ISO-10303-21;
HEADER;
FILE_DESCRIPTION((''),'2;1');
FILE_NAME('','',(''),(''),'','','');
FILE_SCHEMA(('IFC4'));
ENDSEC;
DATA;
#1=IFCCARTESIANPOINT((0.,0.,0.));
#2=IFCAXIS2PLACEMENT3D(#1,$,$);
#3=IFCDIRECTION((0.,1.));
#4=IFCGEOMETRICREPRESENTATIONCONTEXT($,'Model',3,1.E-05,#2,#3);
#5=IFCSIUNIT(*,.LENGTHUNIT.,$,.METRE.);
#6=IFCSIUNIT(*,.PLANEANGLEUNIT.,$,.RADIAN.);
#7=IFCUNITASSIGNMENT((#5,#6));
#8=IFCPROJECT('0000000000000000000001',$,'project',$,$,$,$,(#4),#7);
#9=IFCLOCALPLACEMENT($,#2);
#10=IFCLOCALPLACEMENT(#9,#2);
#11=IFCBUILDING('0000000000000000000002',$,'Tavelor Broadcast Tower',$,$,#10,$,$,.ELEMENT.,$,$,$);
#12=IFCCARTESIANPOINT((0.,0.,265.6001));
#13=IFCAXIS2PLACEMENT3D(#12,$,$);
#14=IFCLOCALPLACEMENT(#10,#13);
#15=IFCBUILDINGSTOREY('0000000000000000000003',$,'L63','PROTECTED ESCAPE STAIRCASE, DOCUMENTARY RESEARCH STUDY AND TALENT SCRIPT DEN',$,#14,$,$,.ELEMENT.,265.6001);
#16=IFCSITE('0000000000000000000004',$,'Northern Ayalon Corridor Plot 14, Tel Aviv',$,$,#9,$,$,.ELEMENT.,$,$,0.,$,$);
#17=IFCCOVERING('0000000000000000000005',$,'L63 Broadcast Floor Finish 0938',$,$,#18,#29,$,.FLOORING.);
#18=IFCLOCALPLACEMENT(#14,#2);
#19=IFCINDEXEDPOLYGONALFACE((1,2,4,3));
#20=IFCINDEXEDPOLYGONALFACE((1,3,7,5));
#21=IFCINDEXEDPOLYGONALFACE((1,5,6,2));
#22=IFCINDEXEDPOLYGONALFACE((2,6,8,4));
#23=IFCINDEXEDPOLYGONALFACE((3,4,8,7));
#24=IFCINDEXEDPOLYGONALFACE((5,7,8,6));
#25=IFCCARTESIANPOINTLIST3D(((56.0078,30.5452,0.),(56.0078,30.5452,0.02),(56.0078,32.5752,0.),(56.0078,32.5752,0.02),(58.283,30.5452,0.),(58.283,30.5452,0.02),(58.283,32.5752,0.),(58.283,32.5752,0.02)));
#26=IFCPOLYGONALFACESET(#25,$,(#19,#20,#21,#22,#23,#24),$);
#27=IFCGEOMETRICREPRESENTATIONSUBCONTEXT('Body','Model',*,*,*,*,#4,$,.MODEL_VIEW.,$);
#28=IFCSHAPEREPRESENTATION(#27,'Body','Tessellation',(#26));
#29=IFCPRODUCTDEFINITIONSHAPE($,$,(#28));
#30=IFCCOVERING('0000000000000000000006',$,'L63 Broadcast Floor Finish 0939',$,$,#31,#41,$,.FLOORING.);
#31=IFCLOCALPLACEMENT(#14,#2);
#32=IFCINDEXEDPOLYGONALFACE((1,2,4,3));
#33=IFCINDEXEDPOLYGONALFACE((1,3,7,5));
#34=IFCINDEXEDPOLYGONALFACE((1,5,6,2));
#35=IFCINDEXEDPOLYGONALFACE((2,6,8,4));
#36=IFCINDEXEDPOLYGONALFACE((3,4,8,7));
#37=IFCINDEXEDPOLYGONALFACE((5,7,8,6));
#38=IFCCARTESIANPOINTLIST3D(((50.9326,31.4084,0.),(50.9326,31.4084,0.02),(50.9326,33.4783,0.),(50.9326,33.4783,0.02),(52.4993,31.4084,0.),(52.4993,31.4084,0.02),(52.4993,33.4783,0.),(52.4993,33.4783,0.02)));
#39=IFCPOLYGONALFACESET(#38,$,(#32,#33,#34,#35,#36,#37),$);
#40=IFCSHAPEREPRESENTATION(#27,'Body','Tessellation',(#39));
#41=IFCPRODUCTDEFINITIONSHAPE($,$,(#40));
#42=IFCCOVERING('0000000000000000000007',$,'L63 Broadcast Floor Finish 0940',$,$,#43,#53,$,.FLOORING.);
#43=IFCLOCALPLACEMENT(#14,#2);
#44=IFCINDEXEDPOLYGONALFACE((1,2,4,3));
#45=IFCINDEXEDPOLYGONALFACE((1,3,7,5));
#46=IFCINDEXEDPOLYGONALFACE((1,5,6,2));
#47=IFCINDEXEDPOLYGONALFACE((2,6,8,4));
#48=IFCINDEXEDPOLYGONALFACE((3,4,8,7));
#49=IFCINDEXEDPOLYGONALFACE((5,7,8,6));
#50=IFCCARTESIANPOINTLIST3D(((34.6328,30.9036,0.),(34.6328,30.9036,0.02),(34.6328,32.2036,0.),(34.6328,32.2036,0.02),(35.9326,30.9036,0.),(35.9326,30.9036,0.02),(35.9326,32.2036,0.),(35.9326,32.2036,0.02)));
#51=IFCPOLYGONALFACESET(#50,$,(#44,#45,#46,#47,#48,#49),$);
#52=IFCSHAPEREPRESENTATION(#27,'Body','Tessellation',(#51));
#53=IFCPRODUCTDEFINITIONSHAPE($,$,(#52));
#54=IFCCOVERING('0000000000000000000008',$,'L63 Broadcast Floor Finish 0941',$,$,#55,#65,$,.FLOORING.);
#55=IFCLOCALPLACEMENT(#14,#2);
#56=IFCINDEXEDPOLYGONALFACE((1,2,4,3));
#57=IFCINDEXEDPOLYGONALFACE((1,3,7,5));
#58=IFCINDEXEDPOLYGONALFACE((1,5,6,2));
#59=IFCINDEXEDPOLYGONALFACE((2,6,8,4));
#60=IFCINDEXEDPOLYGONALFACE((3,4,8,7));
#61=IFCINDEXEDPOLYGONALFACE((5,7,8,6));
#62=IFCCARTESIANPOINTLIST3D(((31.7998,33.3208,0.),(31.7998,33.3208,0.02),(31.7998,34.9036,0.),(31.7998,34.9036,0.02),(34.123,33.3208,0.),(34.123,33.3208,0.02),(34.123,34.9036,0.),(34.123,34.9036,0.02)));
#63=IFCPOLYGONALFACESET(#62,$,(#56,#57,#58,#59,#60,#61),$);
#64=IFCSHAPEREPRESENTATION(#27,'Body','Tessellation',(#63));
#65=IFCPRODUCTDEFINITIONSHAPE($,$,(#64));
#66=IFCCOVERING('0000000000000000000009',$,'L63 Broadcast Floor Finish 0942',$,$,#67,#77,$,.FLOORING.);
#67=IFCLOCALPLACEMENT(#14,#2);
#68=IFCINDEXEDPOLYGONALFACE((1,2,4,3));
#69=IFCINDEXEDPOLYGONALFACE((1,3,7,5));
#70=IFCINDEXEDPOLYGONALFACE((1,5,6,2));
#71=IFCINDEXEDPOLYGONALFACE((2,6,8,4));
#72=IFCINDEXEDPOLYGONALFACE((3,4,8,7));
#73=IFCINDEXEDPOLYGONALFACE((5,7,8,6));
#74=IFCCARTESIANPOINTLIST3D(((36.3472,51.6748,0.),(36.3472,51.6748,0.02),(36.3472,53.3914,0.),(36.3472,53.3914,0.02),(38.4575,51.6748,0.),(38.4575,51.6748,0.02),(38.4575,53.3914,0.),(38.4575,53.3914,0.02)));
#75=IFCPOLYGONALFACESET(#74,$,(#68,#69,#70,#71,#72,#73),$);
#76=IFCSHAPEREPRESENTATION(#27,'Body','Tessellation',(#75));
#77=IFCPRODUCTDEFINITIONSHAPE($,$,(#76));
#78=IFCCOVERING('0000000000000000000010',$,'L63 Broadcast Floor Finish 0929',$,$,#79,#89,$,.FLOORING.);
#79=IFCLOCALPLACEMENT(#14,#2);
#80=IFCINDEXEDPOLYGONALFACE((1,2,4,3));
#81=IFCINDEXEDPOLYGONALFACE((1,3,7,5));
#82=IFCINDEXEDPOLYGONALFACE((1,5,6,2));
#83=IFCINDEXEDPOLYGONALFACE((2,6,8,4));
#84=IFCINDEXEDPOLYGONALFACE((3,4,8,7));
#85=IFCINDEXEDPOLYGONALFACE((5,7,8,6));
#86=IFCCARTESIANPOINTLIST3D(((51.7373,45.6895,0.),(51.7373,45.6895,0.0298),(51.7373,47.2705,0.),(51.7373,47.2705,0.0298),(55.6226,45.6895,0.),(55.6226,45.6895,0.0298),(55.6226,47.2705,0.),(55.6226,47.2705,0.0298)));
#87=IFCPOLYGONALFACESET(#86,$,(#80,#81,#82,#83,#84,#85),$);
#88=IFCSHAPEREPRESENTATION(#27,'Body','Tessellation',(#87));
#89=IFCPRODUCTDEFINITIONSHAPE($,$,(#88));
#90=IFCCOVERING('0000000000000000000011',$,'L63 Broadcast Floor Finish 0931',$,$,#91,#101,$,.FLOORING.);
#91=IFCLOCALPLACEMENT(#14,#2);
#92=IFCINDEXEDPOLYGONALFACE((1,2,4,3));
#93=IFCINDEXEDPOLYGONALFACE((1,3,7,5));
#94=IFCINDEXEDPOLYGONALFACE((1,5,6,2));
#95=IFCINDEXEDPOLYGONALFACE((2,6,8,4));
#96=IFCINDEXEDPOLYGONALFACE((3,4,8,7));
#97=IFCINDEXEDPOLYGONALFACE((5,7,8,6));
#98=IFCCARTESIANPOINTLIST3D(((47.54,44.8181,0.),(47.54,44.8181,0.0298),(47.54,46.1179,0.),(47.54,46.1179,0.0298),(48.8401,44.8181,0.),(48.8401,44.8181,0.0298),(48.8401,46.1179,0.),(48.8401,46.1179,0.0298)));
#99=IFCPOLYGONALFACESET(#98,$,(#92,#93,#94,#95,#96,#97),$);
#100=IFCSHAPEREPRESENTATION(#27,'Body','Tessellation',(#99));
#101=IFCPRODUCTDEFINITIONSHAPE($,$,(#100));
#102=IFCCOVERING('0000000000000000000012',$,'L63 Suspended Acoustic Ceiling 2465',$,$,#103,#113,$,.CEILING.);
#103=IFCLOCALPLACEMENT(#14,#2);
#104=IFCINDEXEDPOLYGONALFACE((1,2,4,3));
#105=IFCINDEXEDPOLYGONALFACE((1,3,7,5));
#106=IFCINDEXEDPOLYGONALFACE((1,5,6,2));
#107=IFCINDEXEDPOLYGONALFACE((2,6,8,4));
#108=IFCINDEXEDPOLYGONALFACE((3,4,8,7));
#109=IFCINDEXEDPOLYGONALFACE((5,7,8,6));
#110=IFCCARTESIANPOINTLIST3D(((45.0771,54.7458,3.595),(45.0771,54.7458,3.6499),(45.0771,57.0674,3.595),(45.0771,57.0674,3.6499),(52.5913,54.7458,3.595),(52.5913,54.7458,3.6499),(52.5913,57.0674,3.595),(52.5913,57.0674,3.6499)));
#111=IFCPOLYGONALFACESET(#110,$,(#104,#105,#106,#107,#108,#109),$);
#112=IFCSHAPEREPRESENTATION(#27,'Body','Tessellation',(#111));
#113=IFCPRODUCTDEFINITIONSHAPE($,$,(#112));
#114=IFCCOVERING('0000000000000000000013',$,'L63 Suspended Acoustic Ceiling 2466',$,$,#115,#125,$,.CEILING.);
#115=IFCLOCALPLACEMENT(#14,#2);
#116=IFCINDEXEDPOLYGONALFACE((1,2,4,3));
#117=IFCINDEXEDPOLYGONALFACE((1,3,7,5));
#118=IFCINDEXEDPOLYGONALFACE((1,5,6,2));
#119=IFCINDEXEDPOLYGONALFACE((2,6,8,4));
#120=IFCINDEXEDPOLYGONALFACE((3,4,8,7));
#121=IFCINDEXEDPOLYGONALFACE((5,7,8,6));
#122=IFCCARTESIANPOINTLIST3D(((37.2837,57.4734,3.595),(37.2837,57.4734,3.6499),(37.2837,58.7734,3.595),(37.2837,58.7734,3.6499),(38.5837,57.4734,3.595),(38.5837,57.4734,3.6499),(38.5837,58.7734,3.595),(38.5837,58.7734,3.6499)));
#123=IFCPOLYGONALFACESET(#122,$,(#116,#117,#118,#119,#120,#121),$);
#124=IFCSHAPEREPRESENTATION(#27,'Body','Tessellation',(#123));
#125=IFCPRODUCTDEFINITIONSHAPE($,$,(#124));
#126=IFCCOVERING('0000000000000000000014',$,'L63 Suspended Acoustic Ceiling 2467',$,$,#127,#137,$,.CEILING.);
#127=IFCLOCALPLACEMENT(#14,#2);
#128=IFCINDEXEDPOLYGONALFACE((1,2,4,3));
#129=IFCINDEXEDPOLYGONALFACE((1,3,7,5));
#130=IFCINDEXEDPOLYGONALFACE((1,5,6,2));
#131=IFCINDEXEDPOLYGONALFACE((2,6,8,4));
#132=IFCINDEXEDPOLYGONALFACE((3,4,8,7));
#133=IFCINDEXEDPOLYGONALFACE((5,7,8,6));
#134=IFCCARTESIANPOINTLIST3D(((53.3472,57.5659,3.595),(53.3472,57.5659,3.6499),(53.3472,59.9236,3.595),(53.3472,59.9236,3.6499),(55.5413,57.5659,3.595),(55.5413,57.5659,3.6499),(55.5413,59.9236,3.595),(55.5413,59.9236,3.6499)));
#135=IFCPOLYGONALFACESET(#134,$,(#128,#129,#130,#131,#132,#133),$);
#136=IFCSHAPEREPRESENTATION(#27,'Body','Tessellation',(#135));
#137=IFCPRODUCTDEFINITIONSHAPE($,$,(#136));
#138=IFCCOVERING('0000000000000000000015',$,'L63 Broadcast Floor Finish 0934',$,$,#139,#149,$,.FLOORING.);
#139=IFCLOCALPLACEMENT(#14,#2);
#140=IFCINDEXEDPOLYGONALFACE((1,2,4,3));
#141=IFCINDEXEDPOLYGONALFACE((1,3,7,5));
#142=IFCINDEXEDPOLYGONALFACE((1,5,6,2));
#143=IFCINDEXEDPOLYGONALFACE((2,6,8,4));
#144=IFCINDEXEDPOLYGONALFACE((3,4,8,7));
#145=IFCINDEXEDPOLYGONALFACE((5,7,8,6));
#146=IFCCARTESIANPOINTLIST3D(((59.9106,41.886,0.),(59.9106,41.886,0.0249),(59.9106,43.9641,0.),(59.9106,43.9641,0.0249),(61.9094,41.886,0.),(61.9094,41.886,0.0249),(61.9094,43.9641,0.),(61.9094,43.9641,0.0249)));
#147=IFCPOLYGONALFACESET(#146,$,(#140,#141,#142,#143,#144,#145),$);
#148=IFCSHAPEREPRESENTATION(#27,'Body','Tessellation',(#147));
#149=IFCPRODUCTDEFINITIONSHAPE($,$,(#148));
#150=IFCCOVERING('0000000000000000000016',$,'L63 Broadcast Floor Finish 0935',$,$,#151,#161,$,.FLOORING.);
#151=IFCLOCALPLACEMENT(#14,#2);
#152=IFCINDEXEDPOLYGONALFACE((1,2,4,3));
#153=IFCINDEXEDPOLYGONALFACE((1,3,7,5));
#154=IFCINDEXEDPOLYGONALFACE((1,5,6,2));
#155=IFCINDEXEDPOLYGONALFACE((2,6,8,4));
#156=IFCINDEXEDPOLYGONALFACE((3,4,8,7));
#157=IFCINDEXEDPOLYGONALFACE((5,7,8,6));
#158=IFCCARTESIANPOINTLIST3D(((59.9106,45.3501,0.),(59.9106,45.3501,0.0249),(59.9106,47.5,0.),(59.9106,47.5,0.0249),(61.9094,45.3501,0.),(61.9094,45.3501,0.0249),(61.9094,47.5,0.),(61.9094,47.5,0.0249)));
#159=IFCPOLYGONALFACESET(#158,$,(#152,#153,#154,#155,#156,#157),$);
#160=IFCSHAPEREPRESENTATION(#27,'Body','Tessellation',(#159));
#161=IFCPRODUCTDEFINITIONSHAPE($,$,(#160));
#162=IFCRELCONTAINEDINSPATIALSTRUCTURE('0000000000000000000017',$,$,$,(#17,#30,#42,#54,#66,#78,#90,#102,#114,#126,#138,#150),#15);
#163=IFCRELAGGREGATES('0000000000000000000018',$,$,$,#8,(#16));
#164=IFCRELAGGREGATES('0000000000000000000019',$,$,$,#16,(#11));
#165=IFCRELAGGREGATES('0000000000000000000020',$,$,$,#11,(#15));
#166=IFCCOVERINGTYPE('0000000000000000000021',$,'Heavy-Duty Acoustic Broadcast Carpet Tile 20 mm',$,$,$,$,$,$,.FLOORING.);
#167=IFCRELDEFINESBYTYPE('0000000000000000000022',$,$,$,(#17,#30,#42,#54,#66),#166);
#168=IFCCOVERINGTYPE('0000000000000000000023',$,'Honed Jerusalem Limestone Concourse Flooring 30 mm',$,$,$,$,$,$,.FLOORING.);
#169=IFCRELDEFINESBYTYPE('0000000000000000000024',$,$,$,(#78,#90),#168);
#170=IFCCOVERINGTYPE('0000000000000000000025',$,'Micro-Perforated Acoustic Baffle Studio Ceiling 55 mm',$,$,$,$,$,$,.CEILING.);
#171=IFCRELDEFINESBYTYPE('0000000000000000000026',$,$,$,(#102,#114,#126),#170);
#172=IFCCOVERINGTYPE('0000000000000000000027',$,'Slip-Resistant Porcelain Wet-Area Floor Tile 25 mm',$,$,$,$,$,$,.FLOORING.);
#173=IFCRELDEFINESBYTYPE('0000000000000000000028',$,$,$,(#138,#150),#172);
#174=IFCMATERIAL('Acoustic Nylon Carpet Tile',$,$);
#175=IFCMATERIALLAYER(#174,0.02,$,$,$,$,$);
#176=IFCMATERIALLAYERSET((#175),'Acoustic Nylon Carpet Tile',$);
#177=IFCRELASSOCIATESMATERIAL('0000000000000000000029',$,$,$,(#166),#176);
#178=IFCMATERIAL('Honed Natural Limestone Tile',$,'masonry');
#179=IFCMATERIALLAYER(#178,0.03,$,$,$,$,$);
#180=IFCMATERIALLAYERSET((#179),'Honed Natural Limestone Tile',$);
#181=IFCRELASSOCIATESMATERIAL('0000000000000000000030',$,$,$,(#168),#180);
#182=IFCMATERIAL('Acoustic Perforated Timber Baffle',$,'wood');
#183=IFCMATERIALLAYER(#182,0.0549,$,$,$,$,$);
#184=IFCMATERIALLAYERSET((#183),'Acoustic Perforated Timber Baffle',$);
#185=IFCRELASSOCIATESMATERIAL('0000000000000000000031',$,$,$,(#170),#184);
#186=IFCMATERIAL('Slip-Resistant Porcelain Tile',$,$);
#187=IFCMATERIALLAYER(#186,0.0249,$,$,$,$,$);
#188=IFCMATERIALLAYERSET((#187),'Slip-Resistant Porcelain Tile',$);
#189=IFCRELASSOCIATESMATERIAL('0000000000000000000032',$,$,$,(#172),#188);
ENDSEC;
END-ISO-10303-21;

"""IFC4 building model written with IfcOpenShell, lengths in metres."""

from ifc_helpers import new_model, si_unit, direction, frame, origin, place, context, subcontext, project, spatial, polyline, outline, extrude, material, layer, layer_set, type_object, element, save


model = new_model("IFC4")

# Units and contexts
model_context = context("Model", 3, precision=1e-05, world=origin(), true_north=direction((0.0, 1.0)))
body_context = subcontext(model_context, "Body", "Model", "MODEL_VIEW")
ifc_project = project(units=[si_unit("LENGTHUNIT", "METRE"), si_unit("PLANEANGLEUNIT", "RADIAN")], contexts=[model_context])

# Site, building, storey
site_placement = place(None, origin())
site = spatial("IfcSite", under=ifc_project, at=site_placement, Name="Northern Ayalon Corridor Plot 14, Tel Aviv", CompositionType="ELEMENT", RefElevation=0.0)
building_placement = place(site_placement, origin())
building = spatial("IfcBuilding", under=site, at=building_placement, Name="Tavelor Broadcast Tower", CompositionType="ELEMENT")
storey_placement = place(building_placement, frame((0.0, 0.0, 265.6001)))
storey = spatial("IfcBuildingStorey", under=building, at=storey_placement, Name="L63", Description="PROTECTED ESCAPE STAIRCASE, DOCUMENTARY RESEARCH STUDY AND TALENT SCRIPT DEN", CompositionType="ELEMENT", Elevation=265.6001)

# Coverings
ifc_material_1 = material(Name="Acoustic Nylon Carpet Tile")
ifc_layer_1 = layer(ifc_material_1, 0.02)
ifc_layer_set_1 = layer_set([ifc_layer_1], Name="Acoustic Nylon Carpet Tile")
covering_type_1 = type_object("IfcCoveringType", Name="Heavy-Duty Acoustic Broadcast Carpet Tile 20 mm", PredefinedType="FLOORING", material=ifc_layer_set_1)
covering_1_placement = place(storey_placement, origin())
element("IfcCovering", 1, at=covering_1_placement, inside=storey, type_object=covering_type_1, Name="L63 Broadcast Floor Finish 0938", PredefinedType="FLOORING", context=body_context, shape_type="SweptSolid", body=[
    extrude(outline(polyline([(56.0078, 30.5452), (58.283, 30.5452), (58.283, 32.5752), (56.0078, 32.5752), (56.0078, 30.5452)])), origin(), (0.0, 0.0, 1.0), 0.02),
])
covering_2_placement = place(storey_placement, origin())
element("IfcCovering", 2, at=covering_2_placement, inside=storey, type_object=covering_type_1, Name="L63 Broadcast Floor Finish 0939", PredefinedType="FLOORING", context=body_context, shape_type="SweptSolid", body=[
    extrude(outline(polyline([(50.9326, 31.4084), (52.4993, 31.4084), (52.4993, 33.4783), (50.9326, 33.4783), (50.9326, 31.4084)])), origin(), (0.0, 0.0, 1.0), 0.02),
])
covering_3_placement = place(storey_placement, origin())
element("IfcCovering", 3, at=covering_3_placement, inside=storey, type_object=covering_type_1, Name="L63 Broadcast Floor Finish 0940", PredefinedType="FLOORING", context=body_context, shape_type="SweptSolid", body=[
    extrude(outline(polyline([(34.6328, 30.9036), (35.9326, 30.9036), (35.9326, 32.2036), (34.6328, 32.2036), (34.6328, 30.9036)])), origin(), (0.0, 0.0, 1.0), 0.02),
])
covering_4_placement = place(storey_placement, origin())
element("IfcCovering", 4, at=covering_4_placement, inside=storey, type_object=covering_type_1, Name="L63 Broadcast Floor Finish 0941", PredefinedType="FLOORING", context=body_context, shape_type="SweptSolid", body=[
    extrude(outline(polyline([(31.7998, 33.3208), (34.123, 33.3208), (34.123, 34.9036), (31.7998, 34.9036), (31.7998, 33.3208)])), origin(), (0.0, 0.0, 1.0), 0.02),
])
covering_5_placement = place(storey_placement, origin())
element("IfcCovering", 5, at=covering_5_placement, inside=storey, type_object=covering_type_1, Name="L63 Broadcast Floor Finish 0942", PredefinedType="FLOORING", context=body_context, shape_type="SweptSolid", body=[
    extrude(outline(polyline([(36.3472, 51.6748), (38.4575, 51.6748), (38.4575, 53.3914), (36.3472, 53.3914), (36.3472, 51.6748)])), origin(), (0.0, 0.0, 1.0), 0.02),
])
ifc_material_2 = material(Name="Honed Natural Limestone Tile", Category="masonry")
ifc_layer_2 = layer(ifc_material_2, 0.03)
ifc_layer_set_2 = layer_set([ifc_layer_2], Name="Honed Natural Limestone Tile")
covering_type_2 = type_object("IfcCoveringType", Name="Honed Jerusalem Limestone Concourse Flooring 30 mm", PredefinedType="FLOORING", material=ifc_layer_set_2)
covering_6_placement = place(storey_placement, origin())
element("IfcCovering", 6, at=covering_6_placement, inside=storey, type_object=covering_type_2, Name="L63 Broadcast Floor Finish 0929", PredefinedType="FLOORING", context=body_context, shape_type="SweptSolid", body=[
    extrude(outline(polyline([(51.7373, 45.6895), (55.6226, 45.6895), (55.6226, 47.2705), (51.7373, 47.2705), (51.7373, 45.6895)])), origin(), (0.0, 0.0, 1.0), 0.0298),
])
covering_7_placement = place(storey_placement, origin())
element("IfcCovering", 7, at=covering_7_placement, inside=storey, type_object=covering_type_2, Name="L63 Broadcast Floor Finish 0931", PredefinedType="FLOORING", context=body_context, shape_type="SweptSolid", body=[
    extrude(outline(polyline([(47.54, 44.8181), (48.8401, 44.8181), (48.8401, 46.1179), (47.54, 46.1179), (47.54, 44.8181)])), origin(), (0.0, 0.0, 1.0), 0.0298),
])
ifc_material_3 = material(Name="Acoustic Perforated Timber Baffle", Category="wood")
ifc_layer_3 = layer(ifc_material_3, 0.0549)
ifc_layer_set_3 = layer_set([ifc_layer_3], Name="Acoustic Perforated Timber Baffle")
covering_type_3 = type_object("IfcCoveringType", Name="Micro-Perforated Acoustic Baffle Studio Ceiling 55 mm", PredefinedType="CEILING", material=ifc_layer_set_3)
covering_8_placement = place(storey_placement, frame((0.0, 0.0, 3.595)))
element("IfcCovering", 8, at=covering_8_placement, inside=storey, type_object=covering_type_3, Name="L63 Suspended Acoustic Ceiling 2465", PredefinedType="CEILING", context=body_context, shape_type="SweptSolid", body=[
    extrude(outline(polyline([(45.0771, 54.7458), (52.5913, 54.7458), (52.5913, 57.0674), (45.0771, 57.0674), (45.0771, 54.7458)])), origin(), (0.0, 0.0, 1.0), 0.0549),
])
covering_9_placement = place(storey_placement, frame((0.0, 0.0, 3.595)))
element("IfcCovering", 9, at=covering_9_placement, inside=storey, type_object=covering_type_3, Name="L63 Suspended Acoustic Ceiling 2466", PredefinedType="CEILING", context=body_context, shape_type="SweptSolid", body=[
    extrude(outline(polyline([(37.2837, 57.4734), (38.5837, 57.4734), (38.5837, 58.7734), (37.2837, 58.7734), (37.2837, 57.4734)])), origin(), (0.0, 0.0, 1.0), 0.0549),
])
covering_10_placement = place(storey_placement, frame((0.0, 0.0, 3.595)))
element("IfcCovering", 10, at=covering_10_placement, inside=storey, type_object=covering_type_3, Name="L63 Suspended Acoustic Ceiling 2467", PredefinedType="CEILING", context=body_context, shape_type="SweptSolid", body=[
    extrude(outline(polyline([(53.3472, 57.5659), (55.5413, 57.5659), (55.5413, 59.9236), (53.3472, 59.9236), (53.3472, 57.5659)])), origin(), (0.0, 0.0, 1.0), 0.0549),
])
ifc_material_4 = material(Name="Slip-Resistant Porcelain Tile")
ifc_layer_4 = layer(ifc_material_4, 0.0249)
ifc_layer_set_4 = layer_set([ifc_layer_4], Name="Slip-Resistant Porcelain Tile")
covering_type_4 = type_object("IfcCoveringType", Name="Slip-Resistant Porcelain Wet-Area Floor Tile 25 mm", PredefinedType="FLOORING", material=ifc_layer_set_4)
covering_11_placement = place(storey_placement, origin())
element("IfcCovering", 11, at=covering_11_placement, inside=storey, type_object=covering_type_4, Name="L63 Broadcast Floor Finish 0934", PredefinedType="FLOORING", context=body_context, shape_type="SweptSolid", body=[
    extrude(outline(polyline([(59.9106, 41.886), (61.9094, 41.886), (61.9094, 43.9641), (59.9106, 43.9641), (59.9106, 41.886)])), origin(), (0.0, 0.0, 1.0), 0.0249),
])
covering_12_placement = place(storey_placement, origin())
element("IfcCovering", 12, at=covering_12_placement, inside=storey, type_object=covering_type_4, Name="L63 Broadcast Floor Finish 0935", PredefinedType="FLOORING", context=body_context, shape_type="SweptSolid", body=[
    extrude(outline(polyline([(59.9106, 45.3501), (61.9094, 45.3501), (61.9094, 47.5), (59.9106, 47.5), (59.9106, 45.3501)])), origin(), (0.0, 0.0, 1.0), 0.0249),
])

save(model, "model.ifc")
